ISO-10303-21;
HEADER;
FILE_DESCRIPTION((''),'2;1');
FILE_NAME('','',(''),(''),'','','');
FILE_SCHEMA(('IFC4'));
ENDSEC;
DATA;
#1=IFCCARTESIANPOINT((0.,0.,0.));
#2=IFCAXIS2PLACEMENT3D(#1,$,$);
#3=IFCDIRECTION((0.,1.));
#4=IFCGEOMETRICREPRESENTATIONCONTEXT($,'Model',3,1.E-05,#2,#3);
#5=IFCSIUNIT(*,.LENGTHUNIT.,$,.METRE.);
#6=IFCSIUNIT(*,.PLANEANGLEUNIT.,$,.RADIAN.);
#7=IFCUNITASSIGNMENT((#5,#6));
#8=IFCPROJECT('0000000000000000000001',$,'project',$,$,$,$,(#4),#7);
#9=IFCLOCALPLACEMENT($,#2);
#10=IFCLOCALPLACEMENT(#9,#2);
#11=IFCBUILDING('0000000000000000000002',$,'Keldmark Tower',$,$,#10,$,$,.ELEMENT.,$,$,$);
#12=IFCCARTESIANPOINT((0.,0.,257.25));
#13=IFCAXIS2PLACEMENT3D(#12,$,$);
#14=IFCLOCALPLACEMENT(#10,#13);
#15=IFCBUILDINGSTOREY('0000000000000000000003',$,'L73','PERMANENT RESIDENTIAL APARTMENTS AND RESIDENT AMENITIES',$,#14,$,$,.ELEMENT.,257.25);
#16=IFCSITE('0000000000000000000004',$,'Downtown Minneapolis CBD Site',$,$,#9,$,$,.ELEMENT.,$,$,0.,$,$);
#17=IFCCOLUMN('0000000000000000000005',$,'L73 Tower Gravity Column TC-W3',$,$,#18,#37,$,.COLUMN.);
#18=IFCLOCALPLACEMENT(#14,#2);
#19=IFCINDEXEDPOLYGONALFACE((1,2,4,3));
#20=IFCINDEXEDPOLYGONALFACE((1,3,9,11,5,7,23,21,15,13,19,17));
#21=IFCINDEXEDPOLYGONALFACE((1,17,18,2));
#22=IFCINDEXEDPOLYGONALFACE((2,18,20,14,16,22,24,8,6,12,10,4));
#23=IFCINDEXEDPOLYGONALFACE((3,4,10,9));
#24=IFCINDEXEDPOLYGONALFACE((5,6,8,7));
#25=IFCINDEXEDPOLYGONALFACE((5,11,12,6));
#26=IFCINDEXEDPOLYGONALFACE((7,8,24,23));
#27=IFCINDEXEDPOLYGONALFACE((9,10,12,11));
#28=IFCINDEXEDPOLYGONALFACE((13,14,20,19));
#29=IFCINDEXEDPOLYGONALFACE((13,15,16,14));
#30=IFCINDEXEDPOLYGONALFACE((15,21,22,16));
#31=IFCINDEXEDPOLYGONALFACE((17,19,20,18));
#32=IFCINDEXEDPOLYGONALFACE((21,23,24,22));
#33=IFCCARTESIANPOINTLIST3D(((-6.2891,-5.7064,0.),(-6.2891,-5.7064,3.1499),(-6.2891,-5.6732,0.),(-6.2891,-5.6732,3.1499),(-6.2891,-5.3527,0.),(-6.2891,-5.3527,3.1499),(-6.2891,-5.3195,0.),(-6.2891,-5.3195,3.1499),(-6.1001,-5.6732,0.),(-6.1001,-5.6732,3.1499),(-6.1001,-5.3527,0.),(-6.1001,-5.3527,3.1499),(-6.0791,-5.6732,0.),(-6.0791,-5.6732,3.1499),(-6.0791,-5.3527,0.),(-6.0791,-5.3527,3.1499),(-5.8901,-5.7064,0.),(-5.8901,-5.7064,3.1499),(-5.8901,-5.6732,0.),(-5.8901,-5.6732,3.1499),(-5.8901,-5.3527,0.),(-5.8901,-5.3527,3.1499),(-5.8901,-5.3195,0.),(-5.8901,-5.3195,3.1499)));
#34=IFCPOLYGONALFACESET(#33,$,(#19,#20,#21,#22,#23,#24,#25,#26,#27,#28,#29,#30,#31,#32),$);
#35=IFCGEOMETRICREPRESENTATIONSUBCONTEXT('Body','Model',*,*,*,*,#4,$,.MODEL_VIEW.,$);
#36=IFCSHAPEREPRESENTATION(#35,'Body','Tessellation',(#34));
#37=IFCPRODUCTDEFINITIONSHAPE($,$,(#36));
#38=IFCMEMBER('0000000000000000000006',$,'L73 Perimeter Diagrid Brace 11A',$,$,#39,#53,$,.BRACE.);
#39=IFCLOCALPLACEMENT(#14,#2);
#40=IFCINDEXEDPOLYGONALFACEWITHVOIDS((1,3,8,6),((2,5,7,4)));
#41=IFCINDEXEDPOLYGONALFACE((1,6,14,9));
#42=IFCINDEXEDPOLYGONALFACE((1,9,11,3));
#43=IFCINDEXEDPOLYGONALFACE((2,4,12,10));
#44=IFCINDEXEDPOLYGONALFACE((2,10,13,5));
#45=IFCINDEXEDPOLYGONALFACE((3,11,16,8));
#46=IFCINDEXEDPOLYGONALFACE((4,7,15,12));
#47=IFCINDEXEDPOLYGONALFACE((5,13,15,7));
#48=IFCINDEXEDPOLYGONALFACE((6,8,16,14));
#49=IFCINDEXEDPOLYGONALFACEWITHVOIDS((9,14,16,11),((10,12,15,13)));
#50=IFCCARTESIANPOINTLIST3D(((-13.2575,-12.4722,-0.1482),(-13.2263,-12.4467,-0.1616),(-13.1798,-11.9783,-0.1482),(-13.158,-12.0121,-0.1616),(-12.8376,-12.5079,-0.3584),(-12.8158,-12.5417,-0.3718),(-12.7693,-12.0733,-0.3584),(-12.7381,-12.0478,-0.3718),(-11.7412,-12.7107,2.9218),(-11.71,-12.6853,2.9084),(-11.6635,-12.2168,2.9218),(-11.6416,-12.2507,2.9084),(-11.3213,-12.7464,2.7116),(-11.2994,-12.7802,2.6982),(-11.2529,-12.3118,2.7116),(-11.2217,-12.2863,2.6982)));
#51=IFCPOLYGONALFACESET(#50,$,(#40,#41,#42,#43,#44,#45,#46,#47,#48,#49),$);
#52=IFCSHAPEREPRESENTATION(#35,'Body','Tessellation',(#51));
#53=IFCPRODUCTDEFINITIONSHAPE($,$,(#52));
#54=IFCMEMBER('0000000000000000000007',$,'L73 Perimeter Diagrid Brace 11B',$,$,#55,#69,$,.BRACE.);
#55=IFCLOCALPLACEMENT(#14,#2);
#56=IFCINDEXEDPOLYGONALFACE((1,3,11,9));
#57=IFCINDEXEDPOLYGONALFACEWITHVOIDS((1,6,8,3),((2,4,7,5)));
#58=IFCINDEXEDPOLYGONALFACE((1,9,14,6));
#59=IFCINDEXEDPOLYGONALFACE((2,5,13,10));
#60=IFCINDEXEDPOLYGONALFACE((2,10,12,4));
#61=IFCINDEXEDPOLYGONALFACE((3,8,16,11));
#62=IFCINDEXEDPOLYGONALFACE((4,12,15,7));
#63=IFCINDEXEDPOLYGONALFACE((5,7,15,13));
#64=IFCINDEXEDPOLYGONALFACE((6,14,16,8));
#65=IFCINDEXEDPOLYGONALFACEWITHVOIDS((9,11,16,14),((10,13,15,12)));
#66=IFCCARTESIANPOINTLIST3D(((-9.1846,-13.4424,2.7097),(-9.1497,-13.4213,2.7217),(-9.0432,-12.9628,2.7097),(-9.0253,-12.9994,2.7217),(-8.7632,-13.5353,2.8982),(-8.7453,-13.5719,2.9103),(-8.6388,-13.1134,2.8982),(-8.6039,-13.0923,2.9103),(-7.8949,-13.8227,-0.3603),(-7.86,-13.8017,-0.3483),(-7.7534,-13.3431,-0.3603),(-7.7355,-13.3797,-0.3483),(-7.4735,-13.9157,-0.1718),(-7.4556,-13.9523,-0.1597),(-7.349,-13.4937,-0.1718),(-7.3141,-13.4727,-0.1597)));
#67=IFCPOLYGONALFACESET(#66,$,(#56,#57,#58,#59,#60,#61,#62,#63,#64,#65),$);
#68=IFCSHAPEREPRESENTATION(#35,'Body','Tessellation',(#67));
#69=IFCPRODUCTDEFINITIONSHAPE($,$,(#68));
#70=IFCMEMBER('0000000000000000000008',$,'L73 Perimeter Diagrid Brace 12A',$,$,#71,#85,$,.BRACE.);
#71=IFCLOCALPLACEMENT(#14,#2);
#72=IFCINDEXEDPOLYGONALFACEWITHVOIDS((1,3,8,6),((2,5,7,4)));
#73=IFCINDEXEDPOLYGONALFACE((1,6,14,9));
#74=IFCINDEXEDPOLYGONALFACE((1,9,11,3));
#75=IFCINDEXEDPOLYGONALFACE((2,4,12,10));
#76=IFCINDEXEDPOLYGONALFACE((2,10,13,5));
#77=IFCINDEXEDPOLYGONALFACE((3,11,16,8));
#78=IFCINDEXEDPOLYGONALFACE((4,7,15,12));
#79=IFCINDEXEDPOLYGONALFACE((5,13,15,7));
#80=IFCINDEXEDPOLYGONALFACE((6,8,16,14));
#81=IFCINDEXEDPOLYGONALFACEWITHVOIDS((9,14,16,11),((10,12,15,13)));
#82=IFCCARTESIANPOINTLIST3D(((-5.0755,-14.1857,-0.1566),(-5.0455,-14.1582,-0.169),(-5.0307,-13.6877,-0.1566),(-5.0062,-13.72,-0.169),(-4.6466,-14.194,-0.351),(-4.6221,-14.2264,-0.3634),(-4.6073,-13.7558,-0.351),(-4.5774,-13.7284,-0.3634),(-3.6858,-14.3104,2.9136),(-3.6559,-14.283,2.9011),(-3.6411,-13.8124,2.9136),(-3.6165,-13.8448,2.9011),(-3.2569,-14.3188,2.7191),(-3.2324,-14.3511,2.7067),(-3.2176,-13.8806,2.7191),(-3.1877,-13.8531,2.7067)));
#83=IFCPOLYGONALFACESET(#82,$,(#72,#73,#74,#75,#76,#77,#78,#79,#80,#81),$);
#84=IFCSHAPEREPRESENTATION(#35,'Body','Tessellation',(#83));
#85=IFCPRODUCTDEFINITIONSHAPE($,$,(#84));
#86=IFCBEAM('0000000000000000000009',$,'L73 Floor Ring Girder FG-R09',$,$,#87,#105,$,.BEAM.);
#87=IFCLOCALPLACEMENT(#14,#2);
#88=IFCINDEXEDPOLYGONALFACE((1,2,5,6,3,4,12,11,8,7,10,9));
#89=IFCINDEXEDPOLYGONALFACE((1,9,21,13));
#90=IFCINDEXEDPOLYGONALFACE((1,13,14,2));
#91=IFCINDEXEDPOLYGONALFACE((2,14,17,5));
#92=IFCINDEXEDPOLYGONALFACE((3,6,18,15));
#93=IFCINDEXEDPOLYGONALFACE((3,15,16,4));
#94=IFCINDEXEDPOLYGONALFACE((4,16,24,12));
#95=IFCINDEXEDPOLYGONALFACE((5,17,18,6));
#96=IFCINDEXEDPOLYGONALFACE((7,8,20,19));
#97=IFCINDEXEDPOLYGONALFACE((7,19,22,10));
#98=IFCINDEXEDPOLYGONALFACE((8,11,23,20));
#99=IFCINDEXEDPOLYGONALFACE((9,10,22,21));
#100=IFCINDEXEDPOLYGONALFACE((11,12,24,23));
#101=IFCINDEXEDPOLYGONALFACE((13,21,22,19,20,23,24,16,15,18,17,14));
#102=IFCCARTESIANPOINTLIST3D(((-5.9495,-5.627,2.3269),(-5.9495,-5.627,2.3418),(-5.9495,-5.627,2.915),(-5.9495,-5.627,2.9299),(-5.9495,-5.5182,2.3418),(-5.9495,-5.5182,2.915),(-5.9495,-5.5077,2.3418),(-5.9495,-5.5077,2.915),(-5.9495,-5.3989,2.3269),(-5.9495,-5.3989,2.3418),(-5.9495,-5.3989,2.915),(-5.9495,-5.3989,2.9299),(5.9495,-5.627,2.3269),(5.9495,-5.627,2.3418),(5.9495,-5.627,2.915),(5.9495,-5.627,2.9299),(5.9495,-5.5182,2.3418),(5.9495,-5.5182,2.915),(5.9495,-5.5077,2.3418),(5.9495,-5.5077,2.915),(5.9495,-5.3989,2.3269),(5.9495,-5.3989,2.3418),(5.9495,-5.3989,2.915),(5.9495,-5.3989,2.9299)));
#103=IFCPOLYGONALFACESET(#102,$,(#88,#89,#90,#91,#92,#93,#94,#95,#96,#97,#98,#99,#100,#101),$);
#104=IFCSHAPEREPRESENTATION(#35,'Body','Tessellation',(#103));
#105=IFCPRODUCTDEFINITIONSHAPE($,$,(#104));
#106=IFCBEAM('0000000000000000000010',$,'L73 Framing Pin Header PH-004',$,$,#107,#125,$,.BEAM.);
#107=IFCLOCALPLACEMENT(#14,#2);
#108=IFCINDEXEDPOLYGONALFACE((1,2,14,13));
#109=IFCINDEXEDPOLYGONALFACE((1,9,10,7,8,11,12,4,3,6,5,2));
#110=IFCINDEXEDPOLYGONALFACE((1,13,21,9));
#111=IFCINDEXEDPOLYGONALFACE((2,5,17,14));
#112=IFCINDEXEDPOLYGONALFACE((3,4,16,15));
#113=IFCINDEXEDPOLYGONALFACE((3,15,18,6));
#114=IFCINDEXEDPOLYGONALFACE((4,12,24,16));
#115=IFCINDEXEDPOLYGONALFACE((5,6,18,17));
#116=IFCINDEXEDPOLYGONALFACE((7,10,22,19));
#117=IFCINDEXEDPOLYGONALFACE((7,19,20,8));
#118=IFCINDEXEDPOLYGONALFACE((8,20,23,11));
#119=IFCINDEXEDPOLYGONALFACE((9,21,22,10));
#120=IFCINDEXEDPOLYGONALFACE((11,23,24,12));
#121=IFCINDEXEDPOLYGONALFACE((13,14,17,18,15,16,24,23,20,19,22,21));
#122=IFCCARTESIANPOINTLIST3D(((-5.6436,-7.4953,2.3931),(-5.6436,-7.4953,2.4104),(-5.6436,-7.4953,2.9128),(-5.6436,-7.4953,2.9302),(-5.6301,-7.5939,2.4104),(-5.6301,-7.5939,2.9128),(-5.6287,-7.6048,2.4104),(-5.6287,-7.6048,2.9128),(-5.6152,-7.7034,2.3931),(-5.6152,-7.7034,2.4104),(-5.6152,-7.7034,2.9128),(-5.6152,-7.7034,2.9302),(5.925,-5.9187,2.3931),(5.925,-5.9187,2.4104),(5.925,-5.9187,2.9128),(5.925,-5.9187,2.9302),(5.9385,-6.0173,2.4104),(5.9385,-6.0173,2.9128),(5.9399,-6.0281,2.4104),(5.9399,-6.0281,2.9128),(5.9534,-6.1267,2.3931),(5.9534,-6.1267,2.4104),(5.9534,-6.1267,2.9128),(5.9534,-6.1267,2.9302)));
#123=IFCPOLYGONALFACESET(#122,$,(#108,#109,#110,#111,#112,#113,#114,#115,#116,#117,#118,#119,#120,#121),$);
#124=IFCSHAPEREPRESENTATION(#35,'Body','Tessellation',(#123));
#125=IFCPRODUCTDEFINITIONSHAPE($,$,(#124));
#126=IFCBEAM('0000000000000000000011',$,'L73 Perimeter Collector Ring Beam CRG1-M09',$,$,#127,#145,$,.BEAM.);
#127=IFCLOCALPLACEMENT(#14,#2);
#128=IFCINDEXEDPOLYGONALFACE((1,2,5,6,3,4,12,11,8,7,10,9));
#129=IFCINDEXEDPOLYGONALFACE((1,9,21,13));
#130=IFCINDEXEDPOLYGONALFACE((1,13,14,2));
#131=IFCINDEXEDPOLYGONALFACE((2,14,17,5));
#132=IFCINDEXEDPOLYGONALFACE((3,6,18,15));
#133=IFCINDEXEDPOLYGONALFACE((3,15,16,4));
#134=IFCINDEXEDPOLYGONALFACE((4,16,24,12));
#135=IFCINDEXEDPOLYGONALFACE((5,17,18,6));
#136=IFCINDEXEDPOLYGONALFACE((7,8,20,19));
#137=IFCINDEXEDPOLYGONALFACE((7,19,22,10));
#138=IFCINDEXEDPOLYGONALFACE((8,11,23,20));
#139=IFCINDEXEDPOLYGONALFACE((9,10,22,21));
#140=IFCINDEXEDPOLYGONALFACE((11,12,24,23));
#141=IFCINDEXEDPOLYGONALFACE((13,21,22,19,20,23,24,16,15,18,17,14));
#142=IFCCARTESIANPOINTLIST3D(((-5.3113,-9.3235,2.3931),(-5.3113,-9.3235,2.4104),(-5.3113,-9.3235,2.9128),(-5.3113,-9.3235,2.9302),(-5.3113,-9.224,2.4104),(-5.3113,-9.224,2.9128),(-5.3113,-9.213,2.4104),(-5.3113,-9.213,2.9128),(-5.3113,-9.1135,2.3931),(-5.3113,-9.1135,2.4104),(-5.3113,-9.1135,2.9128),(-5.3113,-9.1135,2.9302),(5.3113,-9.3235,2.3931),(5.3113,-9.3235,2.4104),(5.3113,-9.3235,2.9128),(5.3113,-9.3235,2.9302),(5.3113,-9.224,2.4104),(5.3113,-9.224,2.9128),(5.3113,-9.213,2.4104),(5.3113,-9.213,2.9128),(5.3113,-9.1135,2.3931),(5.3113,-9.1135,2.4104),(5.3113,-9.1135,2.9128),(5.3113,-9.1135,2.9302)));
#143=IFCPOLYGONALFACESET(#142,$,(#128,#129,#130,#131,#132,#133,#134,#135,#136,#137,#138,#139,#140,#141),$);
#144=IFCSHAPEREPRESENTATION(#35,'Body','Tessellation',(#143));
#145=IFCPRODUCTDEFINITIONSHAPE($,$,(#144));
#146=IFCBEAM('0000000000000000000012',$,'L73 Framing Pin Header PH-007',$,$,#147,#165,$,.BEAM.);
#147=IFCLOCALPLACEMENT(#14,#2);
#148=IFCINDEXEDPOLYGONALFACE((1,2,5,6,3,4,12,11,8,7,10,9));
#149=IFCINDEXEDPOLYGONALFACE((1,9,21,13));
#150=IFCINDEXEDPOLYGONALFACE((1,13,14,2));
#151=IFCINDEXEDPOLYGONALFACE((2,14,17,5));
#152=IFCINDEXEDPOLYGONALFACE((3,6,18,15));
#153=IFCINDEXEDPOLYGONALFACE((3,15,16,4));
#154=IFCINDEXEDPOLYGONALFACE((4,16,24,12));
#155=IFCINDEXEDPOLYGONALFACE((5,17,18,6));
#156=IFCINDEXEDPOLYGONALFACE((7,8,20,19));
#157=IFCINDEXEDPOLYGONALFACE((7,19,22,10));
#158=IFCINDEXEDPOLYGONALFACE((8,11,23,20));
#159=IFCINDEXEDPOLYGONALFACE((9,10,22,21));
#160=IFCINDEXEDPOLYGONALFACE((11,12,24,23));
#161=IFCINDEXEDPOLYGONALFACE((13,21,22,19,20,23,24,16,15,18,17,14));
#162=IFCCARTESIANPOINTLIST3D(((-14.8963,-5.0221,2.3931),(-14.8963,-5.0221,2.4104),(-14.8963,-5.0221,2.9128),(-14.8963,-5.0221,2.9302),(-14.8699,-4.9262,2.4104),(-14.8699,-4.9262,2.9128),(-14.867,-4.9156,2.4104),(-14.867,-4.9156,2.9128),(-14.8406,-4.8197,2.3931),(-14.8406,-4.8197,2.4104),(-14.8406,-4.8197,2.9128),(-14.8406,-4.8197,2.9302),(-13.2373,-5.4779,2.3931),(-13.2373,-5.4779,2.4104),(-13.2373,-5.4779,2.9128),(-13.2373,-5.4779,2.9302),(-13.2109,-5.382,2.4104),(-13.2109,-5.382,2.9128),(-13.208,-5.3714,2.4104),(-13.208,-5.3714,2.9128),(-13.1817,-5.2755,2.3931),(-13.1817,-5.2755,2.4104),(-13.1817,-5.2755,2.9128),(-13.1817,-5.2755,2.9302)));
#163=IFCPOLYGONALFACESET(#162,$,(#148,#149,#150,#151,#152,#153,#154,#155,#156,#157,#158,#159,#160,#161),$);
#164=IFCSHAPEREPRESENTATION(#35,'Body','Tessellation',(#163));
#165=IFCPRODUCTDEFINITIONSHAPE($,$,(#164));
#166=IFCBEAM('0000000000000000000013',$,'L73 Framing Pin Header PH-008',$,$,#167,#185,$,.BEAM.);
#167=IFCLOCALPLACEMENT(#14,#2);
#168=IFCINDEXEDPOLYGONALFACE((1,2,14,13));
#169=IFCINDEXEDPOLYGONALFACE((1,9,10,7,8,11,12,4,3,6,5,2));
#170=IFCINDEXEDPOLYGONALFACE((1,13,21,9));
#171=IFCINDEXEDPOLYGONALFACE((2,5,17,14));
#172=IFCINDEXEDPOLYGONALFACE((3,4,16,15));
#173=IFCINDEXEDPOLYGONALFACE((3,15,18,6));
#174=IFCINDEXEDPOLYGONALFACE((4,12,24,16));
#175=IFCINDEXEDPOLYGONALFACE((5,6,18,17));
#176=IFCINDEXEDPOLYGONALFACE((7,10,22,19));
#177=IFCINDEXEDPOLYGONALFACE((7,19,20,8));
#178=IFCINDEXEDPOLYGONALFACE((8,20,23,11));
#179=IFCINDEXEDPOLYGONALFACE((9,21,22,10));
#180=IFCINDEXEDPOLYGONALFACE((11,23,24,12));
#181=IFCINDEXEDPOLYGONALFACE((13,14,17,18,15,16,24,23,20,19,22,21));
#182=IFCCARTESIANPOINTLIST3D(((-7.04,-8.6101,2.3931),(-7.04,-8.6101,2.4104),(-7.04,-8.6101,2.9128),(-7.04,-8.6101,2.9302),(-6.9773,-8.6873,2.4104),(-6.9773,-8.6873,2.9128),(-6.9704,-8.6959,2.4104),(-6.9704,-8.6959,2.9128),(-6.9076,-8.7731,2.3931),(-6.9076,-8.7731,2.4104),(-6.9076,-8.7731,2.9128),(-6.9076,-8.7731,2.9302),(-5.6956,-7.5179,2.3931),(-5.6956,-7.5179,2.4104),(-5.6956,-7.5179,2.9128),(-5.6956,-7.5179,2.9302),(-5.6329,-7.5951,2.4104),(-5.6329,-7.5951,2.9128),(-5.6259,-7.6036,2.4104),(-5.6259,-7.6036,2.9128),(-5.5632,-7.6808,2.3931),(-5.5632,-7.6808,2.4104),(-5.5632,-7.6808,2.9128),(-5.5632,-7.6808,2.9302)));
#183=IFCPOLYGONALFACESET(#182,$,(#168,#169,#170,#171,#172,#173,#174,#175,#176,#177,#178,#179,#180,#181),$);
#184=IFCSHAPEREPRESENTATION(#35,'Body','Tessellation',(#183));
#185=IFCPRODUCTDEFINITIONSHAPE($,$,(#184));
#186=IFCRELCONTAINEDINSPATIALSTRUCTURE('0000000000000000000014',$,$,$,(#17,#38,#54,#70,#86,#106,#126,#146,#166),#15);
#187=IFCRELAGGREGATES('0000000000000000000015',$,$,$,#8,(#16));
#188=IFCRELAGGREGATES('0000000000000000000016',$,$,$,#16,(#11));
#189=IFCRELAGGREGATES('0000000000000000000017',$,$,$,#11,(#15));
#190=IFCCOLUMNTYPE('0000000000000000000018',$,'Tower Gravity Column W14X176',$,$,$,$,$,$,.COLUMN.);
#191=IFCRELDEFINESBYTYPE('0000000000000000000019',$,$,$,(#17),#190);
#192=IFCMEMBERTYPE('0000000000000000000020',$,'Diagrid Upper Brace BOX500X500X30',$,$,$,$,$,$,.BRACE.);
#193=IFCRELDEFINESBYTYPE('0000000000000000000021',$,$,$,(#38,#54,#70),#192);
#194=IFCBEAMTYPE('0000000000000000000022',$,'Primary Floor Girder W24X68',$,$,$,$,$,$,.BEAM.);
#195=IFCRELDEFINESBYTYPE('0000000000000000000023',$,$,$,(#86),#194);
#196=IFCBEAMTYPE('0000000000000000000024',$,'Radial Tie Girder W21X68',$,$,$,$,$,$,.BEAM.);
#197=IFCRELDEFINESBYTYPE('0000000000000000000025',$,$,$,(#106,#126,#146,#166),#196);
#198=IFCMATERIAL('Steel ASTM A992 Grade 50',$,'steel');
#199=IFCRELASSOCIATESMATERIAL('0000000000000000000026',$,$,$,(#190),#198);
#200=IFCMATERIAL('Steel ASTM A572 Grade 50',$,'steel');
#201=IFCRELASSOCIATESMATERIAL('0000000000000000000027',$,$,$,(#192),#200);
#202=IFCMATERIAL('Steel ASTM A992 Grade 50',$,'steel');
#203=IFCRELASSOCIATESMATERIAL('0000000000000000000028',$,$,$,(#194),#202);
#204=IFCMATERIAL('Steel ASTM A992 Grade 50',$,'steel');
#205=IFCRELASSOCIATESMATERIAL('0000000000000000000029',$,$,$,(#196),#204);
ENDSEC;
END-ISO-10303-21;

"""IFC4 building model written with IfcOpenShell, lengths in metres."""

from ifc_helpers import new_model, si_unit, direction, frame, origin, origin_2d, place, context, subcontext, project, spatial, hollow_rectangle, i_section, extrude, material, material_profile, profile_set, type_object, element, save


model = new_model("IFC4")

# Units and contexts
model_context = context("Model", 3, precision=1e-05, world=origin(), true_north=direction((0.0, 1.0)))
body_context = subcontext(model_context, "Body", "Model", "MODEL_VIEW")
ifc_project = project(units=[si_unit("LENGTHUNIT", "METRE"), si_unit("PLANEANGLEUNIT", "RADIAN")], contexts=[model_context])

# Site, building, storey
site_placement = place(None, origin())
site = spatial("IfcSite", under=ifc_project, at=site_placement, Name="Downtown Minneapolis CBD Site", CompositionType="ELEMENT", RefElevation=0.0)
building_placement = place(site_placement, origin())
building = spatial("IfcBuilding", under=site, at=building_placement, Name="Keldmark Tower", CompositionType="ELEMENT")
storey_placement = place(building_placement, frame((0.0, 0.0, 257.25)))
storey = spatial("IfcBuildingStorey", under=building, at=storey_placement, Name="L73", Description="PERMANENT RESIDENTIAL APARTMENTS AND RESIDENT AMENITIES", CompositionType="ELEMENT", Elevation=257.25)

# Column
ifc_material_1 = material(Name="Steel ASTM A992 Grade 50", Category="steel")
ifc_material_profile_1 = material_profile(ifc_material_1, i_section(OverallWidth=0.3989, OverallDepth=0.387, WebThickness=0.021, FlangeThickness=0.0332, at=origin_2d()), Name="W14X176")
ifc_profile_set_1 = profile_set([ifc_material_profile_1], Name="Steel ASTM A992 Grade 50")
column_type = type_object("IfcColumnType", Name="Tower Gravity Column W14X176", PredefinedType="COLUMN", material=ifc_profile_set_1)
column_placement = place(storey_placement, frame((-6.0896, -5.5129, 0.0), z_axis=(0.0, 0.0, 1.0), x_axis=(1.0, 0.0, 0.0)))
element("IfcColumn", 1, at=column_placement, inside=storey, type_object=column_type, Name="L73 Tower Gravity Column TC-W3", PredefinedType="COLUMN", context=body_context, shape_type="SweptSolid", body=[
    extrude(i_section(OverallWidth=0.3989, OverallDepth=0.387, WebThickness=0.021, FlangeThickness=0.0332, at=origin_2d()), origin(), (0.0, 0.0, 1.0), 3.1499),
])

# Members
ifc_material_2 = material(Name="Steel ASTM A572 Grade 50", Category="steel")
ifc_material_profile_2 = material_profile(ifc_material_2, hollow_rectangle(XDim=0.5, YDim=0.5, WallThickness=0.03, at=origin_2d()), Name="BOX500X500X30")
ifc_profile_set_2 = profile_set([ifc_material_profile_2], Name="Steel ASTM A572 Grade 50")
member_type = type_object("IfcMemberType", Name="Diagrid Upper Brace BOX500X500X30", PredefinedType="BRACE", material=ifc_profile_set_2)
member_1_placement = place(storey_placement, frame((-12.9978, -12.26, -0.26), z_axis=(0.441774, -0.069492, 0.894431), x_axis=(0.155391, 0.987853, 0.0)))
element("IfcMember", 2, at=member_1_placement, inside=storey, type_object=member_type, Name="L73 Perimeter Diagrid Brace 11A", PredefinedType="BRACE", context=body_context, shape_type="SweptSolid", body=[
    extrude(hollow_rectangle(XDim=0.5, YDim=0.5, WallThickness=0.03, at=origin_2d()), origin(), (0.0, 0.0, 1.0), 3.4324),
])
member_2_placement = place(storey_placement, frame((-7.6045, -13.6477, -0.26), z_axis=(-0.384824, 0.113488, 0.915987), x_axis=(-0.282864, -0.95916, 0.0)))
element("IfcMember", 3, at=member_2_placement, inside=storey, type_object=member_type, Name="L73 Perimeter Diagrid Brace 11B", PredefinedType="BRACE", context=body_context, shape_type="SweptSolid", body=[
    extrude(hollow_rectangle(XDim=0.5, YDim=0.5, WallThickness=0.03, at=origin_2d()), origin(), (0.0, 0.0, 1.0), 3.3516),
])
member_3_placement = place(storey_placement, frame((-4.8264, -13.957, -0.26), z_axis=(0.412085, -0.036995, 0.910394), x_axis=(0.089416, 0.995994, 0.0)))
element("IfcMember", 4, at=member_3_placement, inside=storey, type_object=member_type, Name="L73 Perimeter Diagrid Brace 12A", PredefinedType="BRACE", context=body_context, shape_type="SweptSolid", body=[
    extrude(hollow_rectangle(XDim=0.5, YDim=0.5, WallThickness=0.03, at=origin_2d()), origin(), (0.0, 0.0, 1.0), 3.3723),
])

# Beams
ifc_material_3 = material(Name="Steel ASTM A992 Grade 50", Category="steel")
ifc_material_profile_3 = material_profile(ifc_material_3, i_section(OverallWidth=0.228, OverallDepth=0.603, WebThickness=0.0105, FlangeThickness=0.0149, at=origin_2d()), Name="W24X68")
ifc_profile_set_3 = profile_set([ifc_material_profile_3], Name="Steel ASTM A992 Grade 50")
beam_type_1 = type_object("IfcBeamType", Name="Primary Floor Girder W24X68", PredefinedType="BEAM", material=ifc_profile_set_3)
beam_1_placement = place(storey_placement, frame((-5.9495, -5.5129, 2.6284), z_axis=(1.0, 0.0, 0.0), x_axis=(0.0, 1.0, 0.0)))
element("IfcBeam", 5, at=beam_1_placement, inside=storey, type_object=beam_type_1, Name="L73 Floor Ring Girder FG-R09", PredefinedType="BEAM", context=body_context, shape_type="SweptSolid", body=[
    extrude(i_section(OverallWidth=0.228, OverallDepth=0.603, WebThickness=0.0105, FlangeThickness=0.0149, at=origin_2d()), origin(), (0.0, 0.0, 1.0), 11.8989),
])
ifc_material_4 = material(Name="Steel ASTM A992 Grade 50", Category="steel")
ifc_material_profile_4 = material_profile(ifc_material_4, i_section(OverallWidth=0.21, OverallDepth=0.5371, WebThickness=0.011, FlangeThickness=0.0173, at=origin_2d()), Name="W21X68")
ifc_profile_set_4 = profile_set([ifc_material_profile_4], Name="Steel ASTM A992 Grade 50")
beam_type_2 = type_object("IfcBeamType", Name="Radial Tie Girder W21X68", PredefinedType="BEAM", material=ifc_profile_set_4)
beam_2_placement = place(storey_placement, frame((-5.6294, -7.5994, 2.6616), z_axis=(0.99084, 0.135039, 0.0), x_axis=(-0.135039, 0.99084, 0.0)))
element("IfcBeam", 6, at=beam_2_placement, inside=storey, type_object=beam_type_2, Name="L73 Framing Pin Header PH-004", PredefinedType="BEAM", context=body_context, shape_type="SweptSolid", body=[
    extrude(i_section(OverallWidth=0.21, OverallDepth=0.5371, WebThickness=0.011, FlangeThickness=0.0173, at=origin_2d()), origin(), (0.0, 0.0, 1.0), 11.6755),
])
beam_3_placement = place(storey_placement, frame((-5.3113, -9.2185, 2.6616), z_axis=(1.0, 0.0, 0.0), x_axis=(0.0, 1.0, 0.0)))
element("IfcBeam", 7, at=beam_3_placement, inside=storey, type_object=beam_type_2, Name="L73 Perimeter Collector Ring Beam CRG1-M09", PredefinedType="BEAM", context=body_context, shape_type="SweptSolid", body=[
    extrude(i_section(OverallWidth=0.21, OverallDepth=0.5371, WebThickness=0.011, FlangeThickness=0.0173, at=origin_2d()), origin(), (0.0, 0.0, 1.0), 10.6226),
])
beam_4_placement = place(storey_placement, frame((-13.2095, -5.3767, 2.6616), z_axis=(-0.964264, 0.264942, 0.0), x_axis=(-0.264942, -0.964264, 0.0)))
element("IfcBeam", 8, at=beam_4_placement, inside=storey, type_object=beam_type_2, Name="L73 Framing Pin Header PH-007", PredefinedType="BEAM", context=body_context, shape_type="SweptSolid", body=[
    extrude(i_section(OverallWidth=0.21, OverallDepth=0.5371, WebThickness=0.011, FlangeThickness=0.0173, at=origin_2d()), origin(), (0.0, 0.0, 1.0), 1.7205),
])
beam_5_placement = place(storey_placement, frame((-5.6294, -7.5994, 2.6616), z_axis=(-0.776144, -0.630555, 0.0), x_axis=(0.630555, -0.776144, 0.0)))
element("IfcBeam", 9, at=beam_5_placement, inside=storey, type_object=beam_type_2, Name="L73 Framing Pin Header PH-008", PredefinedType="BEAM", context=body_context, shape_type="SweptSolid", body=[
    extrude(i_section(OverallWidth=0.21, OverallDepth=0.5371, WebThickness=0.011, FlangeThickness=0.0173, at=origin_2d()), origin(), (0.0, 0.0, 1.0), 1.7322),
])

save(model, "model.ifc")
